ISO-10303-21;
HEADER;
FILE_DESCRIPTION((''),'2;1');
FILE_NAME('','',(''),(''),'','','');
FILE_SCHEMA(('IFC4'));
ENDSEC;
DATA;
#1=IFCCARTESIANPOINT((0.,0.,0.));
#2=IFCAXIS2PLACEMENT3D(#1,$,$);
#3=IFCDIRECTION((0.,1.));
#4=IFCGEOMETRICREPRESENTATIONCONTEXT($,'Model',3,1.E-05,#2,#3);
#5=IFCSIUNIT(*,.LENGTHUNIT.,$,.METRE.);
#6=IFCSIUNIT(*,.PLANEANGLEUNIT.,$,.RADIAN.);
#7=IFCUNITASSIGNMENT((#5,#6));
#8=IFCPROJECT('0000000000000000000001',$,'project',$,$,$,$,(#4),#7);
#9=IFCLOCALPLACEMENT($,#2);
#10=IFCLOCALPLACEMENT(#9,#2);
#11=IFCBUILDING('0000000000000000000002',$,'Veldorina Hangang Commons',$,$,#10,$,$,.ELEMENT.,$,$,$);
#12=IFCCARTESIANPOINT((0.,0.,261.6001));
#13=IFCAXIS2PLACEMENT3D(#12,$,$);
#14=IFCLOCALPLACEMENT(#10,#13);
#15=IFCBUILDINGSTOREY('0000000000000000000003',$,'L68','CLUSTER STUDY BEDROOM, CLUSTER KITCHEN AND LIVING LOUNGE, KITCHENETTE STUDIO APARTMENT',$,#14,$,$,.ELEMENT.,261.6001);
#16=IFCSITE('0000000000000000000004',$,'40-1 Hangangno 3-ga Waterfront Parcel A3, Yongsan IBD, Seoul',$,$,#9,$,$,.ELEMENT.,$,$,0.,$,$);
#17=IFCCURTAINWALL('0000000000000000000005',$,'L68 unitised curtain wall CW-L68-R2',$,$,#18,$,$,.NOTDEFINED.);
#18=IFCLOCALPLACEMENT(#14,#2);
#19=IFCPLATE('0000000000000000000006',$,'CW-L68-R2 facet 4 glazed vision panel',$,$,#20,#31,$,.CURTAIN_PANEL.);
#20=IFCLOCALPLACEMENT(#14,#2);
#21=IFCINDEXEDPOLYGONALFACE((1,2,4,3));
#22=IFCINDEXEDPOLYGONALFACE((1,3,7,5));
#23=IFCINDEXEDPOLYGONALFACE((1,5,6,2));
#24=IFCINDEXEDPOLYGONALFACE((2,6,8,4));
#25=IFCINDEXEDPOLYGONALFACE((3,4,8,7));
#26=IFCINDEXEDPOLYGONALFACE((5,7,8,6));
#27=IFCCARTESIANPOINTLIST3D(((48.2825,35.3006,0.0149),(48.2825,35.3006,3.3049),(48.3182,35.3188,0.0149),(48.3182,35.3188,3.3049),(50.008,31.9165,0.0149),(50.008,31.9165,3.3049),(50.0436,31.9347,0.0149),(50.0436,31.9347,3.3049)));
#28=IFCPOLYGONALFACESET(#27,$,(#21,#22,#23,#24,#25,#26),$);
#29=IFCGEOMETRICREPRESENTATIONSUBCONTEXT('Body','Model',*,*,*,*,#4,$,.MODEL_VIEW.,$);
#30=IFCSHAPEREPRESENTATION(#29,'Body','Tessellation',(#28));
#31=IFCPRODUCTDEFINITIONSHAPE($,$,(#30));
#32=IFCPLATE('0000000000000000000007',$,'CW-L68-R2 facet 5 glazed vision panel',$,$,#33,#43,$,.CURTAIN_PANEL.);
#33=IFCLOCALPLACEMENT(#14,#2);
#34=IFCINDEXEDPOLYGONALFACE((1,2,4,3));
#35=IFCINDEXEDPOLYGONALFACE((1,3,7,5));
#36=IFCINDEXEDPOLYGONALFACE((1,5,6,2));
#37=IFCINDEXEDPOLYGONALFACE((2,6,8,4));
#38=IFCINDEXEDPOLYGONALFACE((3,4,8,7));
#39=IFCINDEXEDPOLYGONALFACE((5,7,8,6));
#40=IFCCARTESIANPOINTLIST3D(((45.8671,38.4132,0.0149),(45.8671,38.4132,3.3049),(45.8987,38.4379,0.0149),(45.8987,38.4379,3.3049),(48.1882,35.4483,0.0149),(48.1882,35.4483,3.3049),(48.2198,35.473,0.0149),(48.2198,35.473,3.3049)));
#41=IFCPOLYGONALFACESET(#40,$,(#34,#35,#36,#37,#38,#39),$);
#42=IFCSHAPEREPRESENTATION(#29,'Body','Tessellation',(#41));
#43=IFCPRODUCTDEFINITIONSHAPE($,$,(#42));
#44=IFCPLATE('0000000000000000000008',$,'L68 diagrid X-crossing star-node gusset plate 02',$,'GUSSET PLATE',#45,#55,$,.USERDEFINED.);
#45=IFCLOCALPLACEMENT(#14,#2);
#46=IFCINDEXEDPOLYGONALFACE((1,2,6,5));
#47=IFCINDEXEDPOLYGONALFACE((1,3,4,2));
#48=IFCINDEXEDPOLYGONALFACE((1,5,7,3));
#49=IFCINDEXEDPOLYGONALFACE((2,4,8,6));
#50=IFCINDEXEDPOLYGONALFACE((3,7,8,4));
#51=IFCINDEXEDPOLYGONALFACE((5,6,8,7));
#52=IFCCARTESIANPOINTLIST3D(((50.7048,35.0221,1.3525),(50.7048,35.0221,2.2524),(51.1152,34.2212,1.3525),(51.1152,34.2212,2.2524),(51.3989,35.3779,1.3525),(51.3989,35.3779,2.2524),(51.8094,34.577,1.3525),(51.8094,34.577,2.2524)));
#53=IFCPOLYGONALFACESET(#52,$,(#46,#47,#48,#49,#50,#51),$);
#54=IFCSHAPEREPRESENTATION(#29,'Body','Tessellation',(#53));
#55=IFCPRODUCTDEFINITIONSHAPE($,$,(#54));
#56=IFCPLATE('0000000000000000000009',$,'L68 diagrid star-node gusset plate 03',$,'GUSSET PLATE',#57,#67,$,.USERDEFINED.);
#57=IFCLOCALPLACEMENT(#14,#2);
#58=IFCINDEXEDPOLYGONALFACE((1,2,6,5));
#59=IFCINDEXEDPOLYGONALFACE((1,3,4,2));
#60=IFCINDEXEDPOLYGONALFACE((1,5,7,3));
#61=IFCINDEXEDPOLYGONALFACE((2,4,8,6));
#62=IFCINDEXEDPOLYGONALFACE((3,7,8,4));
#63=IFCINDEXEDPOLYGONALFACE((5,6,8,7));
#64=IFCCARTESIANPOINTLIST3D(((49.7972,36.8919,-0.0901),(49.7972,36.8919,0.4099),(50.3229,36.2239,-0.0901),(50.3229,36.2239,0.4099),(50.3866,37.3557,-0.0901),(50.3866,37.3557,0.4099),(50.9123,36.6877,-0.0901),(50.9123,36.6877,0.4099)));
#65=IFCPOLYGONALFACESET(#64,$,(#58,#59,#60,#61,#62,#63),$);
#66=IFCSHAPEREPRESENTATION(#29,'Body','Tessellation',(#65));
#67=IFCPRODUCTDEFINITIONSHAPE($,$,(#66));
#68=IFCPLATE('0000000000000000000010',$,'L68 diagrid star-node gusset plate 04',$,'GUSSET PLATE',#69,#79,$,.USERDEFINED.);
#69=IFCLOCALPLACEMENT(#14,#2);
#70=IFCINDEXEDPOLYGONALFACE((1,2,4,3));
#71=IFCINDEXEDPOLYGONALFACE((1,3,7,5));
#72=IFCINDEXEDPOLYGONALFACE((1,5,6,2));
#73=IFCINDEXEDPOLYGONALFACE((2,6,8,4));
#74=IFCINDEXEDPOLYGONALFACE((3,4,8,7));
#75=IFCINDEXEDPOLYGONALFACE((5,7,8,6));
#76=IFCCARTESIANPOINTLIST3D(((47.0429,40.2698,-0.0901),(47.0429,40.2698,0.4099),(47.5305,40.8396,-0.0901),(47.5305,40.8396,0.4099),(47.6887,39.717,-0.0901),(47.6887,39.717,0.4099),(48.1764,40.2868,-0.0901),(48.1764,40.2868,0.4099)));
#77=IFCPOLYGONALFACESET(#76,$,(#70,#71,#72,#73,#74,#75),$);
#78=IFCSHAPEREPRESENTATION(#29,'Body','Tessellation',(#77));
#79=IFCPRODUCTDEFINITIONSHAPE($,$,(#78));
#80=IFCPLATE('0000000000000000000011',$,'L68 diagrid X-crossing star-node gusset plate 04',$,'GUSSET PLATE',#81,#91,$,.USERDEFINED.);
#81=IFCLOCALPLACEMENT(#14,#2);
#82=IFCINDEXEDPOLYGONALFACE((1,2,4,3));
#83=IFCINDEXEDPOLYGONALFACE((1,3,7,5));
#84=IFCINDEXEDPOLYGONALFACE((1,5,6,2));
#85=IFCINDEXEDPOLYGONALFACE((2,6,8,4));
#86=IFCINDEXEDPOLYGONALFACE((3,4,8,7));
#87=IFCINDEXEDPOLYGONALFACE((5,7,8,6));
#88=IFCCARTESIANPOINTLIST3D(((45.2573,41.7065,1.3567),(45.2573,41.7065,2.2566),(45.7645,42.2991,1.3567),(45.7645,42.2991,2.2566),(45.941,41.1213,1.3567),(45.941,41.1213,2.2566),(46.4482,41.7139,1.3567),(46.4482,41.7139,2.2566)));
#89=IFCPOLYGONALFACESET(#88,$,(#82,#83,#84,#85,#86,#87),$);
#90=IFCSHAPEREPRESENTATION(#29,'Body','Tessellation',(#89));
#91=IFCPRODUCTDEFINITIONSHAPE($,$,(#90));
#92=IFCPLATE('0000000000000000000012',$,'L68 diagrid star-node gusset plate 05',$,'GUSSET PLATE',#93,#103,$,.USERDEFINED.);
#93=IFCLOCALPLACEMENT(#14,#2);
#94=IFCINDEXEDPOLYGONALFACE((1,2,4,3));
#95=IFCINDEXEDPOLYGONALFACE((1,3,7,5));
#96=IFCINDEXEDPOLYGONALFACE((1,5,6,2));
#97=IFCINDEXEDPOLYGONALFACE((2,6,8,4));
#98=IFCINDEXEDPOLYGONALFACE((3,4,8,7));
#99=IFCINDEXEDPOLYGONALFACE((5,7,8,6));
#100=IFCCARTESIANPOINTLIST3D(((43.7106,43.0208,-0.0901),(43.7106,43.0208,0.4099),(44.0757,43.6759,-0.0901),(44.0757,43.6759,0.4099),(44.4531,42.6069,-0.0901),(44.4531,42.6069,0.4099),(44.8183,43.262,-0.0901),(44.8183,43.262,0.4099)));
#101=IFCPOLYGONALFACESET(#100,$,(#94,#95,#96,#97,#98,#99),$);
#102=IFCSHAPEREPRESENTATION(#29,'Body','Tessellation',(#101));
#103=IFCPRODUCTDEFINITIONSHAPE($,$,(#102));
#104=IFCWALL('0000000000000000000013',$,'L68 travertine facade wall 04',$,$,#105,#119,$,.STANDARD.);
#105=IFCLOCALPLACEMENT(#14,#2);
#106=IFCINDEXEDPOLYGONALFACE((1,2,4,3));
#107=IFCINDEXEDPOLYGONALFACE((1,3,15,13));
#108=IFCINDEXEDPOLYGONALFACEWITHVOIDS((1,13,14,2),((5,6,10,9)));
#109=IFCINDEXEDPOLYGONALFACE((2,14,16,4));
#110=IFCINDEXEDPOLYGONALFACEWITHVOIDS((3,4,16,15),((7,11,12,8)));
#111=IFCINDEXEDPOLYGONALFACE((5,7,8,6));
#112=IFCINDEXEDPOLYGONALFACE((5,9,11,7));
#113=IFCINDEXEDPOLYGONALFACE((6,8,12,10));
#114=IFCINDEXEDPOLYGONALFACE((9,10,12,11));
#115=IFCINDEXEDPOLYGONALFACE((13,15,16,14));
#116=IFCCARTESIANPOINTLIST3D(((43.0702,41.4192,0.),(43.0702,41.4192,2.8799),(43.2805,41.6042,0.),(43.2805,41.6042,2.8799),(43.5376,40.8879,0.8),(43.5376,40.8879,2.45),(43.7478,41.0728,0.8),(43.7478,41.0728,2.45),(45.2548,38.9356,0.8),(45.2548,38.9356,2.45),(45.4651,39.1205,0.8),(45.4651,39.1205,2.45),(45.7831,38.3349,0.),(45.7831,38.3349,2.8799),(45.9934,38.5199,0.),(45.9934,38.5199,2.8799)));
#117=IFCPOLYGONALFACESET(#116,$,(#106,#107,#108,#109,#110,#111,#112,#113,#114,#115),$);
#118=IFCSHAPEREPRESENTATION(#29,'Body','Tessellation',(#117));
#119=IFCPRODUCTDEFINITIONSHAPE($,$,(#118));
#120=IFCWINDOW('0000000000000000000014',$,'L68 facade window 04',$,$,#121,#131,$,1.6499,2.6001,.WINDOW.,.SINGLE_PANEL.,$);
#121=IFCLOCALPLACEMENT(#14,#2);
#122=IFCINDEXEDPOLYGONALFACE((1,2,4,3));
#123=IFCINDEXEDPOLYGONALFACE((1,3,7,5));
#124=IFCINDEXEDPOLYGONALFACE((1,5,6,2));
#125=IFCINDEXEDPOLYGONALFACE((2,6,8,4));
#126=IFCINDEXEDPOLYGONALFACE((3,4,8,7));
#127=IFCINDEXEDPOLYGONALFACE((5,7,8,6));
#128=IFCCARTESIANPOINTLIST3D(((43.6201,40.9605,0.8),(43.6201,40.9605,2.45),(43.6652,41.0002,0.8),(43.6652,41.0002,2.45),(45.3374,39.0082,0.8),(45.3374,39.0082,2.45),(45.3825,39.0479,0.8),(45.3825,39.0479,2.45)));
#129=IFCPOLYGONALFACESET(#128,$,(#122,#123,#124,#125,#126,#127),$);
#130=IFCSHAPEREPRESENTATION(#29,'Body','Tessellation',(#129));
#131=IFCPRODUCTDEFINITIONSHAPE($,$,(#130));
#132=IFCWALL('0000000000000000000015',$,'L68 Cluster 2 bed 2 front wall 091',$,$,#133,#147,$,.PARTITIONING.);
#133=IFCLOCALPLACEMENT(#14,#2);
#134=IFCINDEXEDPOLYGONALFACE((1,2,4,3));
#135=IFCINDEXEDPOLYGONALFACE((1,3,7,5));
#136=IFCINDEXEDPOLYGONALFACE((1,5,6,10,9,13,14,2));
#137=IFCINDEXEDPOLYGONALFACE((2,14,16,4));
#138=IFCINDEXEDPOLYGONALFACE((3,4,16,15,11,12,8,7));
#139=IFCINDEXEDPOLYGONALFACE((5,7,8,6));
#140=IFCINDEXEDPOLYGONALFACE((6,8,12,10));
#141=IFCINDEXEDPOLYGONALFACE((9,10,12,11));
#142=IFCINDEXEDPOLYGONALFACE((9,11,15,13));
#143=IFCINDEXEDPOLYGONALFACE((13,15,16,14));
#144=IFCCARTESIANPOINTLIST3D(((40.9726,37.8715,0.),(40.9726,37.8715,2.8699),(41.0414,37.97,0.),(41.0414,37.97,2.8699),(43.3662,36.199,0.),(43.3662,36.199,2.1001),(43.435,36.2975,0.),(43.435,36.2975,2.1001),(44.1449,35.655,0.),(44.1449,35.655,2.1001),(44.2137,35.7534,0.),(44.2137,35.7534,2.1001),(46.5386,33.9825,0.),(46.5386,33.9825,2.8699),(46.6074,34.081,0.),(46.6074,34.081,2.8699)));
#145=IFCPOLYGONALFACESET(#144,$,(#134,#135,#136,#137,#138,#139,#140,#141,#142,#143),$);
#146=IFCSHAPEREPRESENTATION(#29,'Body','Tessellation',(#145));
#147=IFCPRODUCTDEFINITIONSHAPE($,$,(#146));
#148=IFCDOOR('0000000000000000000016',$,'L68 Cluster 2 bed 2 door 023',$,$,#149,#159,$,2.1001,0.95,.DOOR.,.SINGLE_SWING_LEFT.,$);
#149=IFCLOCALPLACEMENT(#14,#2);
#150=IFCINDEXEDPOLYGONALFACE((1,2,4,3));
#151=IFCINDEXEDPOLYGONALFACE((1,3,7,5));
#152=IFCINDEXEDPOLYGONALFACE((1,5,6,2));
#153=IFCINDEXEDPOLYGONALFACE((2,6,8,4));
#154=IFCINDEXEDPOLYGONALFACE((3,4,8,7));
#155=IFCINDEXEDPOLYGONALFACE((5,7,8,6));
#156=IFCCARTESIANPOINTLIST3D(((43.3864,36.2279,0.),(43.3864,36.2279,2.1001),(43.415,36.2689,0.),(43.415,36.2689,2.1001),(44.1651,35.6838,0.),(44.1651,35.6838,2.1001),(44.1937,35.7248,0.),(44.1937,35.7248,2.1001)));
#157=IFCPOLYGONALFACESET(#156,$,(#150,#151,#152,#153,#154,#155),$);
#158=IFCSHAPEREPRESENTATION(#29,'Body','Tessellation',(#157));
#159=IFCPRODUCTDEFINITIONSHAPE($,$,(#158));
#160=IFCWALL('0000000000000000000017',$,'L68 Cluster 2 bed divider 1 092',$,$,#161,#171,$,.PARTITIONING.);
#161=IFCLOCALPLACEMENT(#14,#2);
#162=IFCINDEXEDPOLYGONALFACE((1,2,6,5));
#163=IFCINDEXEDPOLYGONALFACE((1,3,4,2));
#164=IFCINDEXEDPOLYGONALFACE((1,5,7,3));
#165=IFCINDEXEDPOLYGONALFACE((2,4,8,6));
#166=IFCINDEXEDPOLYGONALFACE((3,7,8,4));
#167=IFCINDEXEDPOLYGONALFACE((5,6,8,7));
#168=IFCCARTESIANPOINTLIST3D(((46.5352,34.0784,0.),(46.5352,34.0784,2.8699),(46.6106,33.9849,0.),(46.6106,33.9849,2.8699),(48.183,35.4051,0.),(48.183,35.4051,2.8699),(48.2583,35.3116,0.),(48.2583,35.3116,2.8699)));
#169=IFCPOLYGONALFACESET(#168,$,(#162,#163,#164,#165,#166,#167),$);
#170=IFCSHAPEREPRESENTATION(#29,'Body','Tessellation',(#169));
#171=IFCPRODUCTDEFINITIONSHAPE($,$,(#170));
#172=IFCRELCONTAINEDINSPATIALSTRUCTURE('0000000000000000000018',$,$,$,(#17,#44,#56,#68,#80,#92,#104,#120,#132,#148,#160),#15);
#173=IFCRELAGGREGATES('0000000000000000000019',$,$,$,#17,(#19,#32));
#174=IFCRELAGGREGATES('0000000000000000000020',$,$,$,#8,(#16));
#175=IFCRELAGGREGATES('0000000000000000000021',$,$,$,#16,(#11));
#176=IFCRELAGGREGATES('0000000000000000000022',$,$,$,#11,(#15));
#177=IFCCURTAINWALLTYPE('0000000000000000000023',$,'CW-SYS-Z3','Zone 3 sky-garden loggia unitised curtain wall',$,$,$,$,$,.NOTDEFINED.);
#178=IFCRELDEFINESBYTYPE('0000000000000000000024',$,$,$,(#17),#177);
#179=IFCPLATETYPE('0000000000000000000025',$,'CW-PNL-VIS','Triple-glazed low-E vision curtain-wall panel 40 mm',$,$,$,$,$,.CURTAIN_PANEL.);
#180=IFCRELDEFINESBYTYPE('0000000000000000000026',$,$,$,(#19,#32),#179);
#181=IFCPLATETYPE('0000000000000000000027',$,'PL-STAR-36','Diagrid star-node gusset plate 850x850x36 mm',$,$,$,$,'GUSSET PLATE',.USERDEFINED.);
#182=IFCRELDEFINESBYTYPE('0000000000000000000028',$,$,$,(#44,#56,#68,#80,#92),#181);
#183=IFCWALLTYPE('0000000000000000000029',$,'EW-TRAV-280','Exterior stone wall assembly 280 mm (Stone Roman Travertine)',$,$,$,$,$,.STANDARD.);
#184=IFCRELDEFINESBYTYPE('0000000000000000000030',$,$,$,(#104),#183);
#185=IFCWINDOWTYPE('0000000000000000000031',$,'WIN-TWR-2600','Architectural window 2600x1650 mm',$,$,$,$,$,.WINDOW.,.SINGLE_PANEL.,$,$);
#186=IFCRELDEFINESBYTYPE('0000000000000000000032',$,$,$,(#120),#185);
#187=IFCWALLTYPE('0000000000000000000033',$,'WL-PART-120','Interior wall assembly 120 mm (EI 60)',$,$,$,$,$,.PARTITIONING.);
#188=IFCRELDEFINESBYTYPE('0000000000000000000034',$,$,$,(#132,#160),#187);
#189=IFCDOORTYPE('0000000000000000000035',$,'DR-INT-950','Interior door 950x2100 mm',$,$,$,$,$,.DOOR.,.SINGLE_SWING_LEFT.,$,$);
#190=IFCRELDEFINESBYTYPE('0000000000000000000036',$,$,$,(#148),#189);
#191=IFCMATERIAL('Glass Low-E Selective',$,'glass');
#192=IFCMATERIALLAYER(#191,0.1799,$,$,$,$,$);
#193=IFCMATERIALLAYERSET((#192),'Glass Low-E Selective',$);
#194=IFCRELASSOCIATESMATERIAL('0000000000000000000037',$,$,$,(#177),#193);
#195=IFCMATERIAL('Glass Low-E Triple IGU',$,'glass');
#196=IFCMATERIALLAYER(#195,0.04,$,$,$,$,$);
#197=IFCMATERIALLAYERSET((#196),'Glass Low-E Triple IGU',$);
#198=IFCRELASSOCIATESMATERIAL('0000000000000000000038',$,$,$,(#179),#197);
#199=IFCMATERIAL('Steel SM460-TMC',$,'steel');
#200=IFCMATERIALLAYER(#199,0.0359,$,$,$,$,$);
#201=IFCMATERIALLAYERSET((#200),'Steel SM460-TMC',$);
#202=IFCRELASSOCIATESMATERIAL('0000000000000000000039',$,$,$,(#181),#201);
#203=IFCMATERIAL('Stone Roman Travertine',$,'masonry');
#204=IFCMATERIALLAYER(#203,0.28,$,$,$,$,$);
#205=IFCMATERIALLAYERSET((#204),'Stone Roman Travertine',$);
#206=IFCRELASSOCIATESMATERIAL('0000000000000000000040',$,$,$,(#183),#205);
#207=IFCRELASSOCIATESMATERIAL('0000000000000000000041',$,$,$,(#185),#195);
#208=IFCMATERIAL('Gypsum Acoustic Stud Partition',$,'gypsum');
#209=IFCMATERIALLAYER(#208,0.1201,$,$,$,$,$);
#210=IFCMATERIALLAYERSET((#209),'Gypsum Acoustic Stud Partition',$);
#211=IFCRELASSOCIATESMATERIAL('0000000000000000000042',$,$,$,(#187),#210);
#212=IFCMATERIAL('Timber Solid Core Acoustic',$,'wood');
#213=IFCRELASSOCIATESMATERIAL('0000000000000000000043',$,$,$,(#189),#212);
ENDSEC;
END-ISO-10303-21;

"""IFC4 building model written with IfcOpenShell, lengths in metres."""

from ifc_helpers import new_model, si_unit, direction, frame, frame_2d, origin, origin_2d, place, context, subcontext, project, spatial, rectangle, extrude, material, layer, layer_set, type_object, element, fill, aggregate, save


model = new_model("IFC4")

# Units and contexts
model_context = context("Model", 3, precision=1e-05, world=origin(), true_north=direction((0.0, 1.0)))
body_context = subcontext(model_context, "Body", "Model", "MODEL_VIEW")
ifc_project = project(units=[si_unit("LENGTHUNIT", "METRE"), si_unit("PLANEANGLEUNIT", "RADIAN")], contexts=[model_context])

# Site, building, storey
site_placement = place(None, origin())
site = spatial("IfcSite", under=ifc_project, at=site_placement, Name="40-1 Hangangno 3-ga Waterfront Parcel A3, Yongsan IBD, Seoul", CompositionType="ELEMENT", RefElevation=0.0)
building_placement = place(site_placement, origin())
building = spatial("IfcBuilding", under=site, at=building_placement, Name="Veldorina Hangang Commons", CompositionType="ELEMENT")
storey_placement = place(building_placement, frame((0.0, 0.0, 261.6001)))
storey = spatial("IfcBuildingStorey", under=building, at=storey_placement, Name="L68", Description="CLUSTER STUDY BEDROOM, CLUSTER KITCHEN AND LIVING LOUNGE, KITCHENETTE STUDIO APARTMENT", CompositionType="ELEMENT", Elevation=261.6001)

# Curtain wall
ifc_material_1 = material(Name="Glass Low-E Selective", Category="glass")
ifc_layer_1 = layer(ifc_material_1, 0.1799)
ifc_layer_set_1 = layer_set([ifc_layer_1], Name="Glass Low-E Selective")
curtain_wall_type = type_object("IfcCurtainWallType", Name="CW-SYS-Z3", Description="Zone 3 sky-garden loggia unitised curtain wall", PredefinedType="NOTDEFINED", material=ifc_layer_set_1)
curtain_wall_placement = place(storey_placement, origin())
curtain_wall = element("IfcCurtainWall", 1, at=curtain_wall_placement, inside=storey, type_object=curtain_wall_type, Name="L68 unitised curtain wall CW-L68-R2", PredefinedType="NOTDEFINED")

# Plates
ifc_material_2 = material(Name="Glass Low-E Triple IGU", Category="glass")
ifc_layer_2 = layer(ifc_material_2, 0.04)
ifc_layer_set_2 = layer_set([ifc_layer_2], Name="Glass Low-E Triple IGU")
plate_type_1 = type_object("IfcPlateType", Name="CW-PNL-VIS", Description="Triple-glazed low-E vision curtain-wall panel 40 mm", PredefinedType="CURTAIN_PANEL", material=ifc_layer_set_2)
plate_1_placement = place(storey_placement, frame((49.1631, 33.6177, 0.0149), z_axis=(0.0, 0.0, 1.0), x_axis=(-0.454224, 0.890888, 0.0)))
plate_1 = element("IfcPlate", 2, at=plate_1_placement, type_object=plate_type_1, Name="CW-L68-R2 facet 4 glazed vision panel", PredefinedType="CURTAIN_PANEL", context=body_context, shape_type="SweptSolid", body=[
    extrude(rectangle(XDim=3.7986, YDim=0.04, at=origin_2d()), origin(), (0.0, 0.0, 1.0), 3.29),
])
plate_2_placement = place(storey_placement, frame((47.0435, 36.9431, 0.0149), z_axis=(0.0, 0.0, 1.0), x_axis=(-0.616431, 0.787409, 0.0)))
plate_2 = element("IfcPlate", 3, at=plate_2_placement, type_object=plate_type_1, Name="CW-L68-R2 facet 5 glazed vision panel", PredefinedType="CURTAIN_PANEL", context=body_context, shape_type="SweptSolid", body=[
    extrude(rectangle(XDim=3.7654, YDim=0.04, at=origin_2d()), origin(), (0.0, 0.0, 1.0), 3.29),
])
aggregate(curtain_wall, [plate_1, plate_2])

# Plates
ifc_material_3 = material(Name="Steel SM460-TMC", Category="steel")
ifc_layer_3 = layer(ifc_material_3, 0.0359)
ifc_layer_set_3 = layer_set([ifc_layer_3], Name="Steel SM460-TMC")
plate_type_2 = type_object("IfcPlateType", Name="PL-STAR-36", Description="Diagrid star-node gusset plate 850x850x36 mm", ElementType="GUSSET PLATE", PredefinedType="USERDEFINED", material=ifc_layer_set_3)
plate_3_placement = place(storey_placement, frame((51.2571, 34.7996, 1.3525), z_axis=(0.0, 0.0, 1.0), x_axis=(-0.456104, 0.889926, 0.0)))
element("IfcPlate", 4, at=plate_3_placement, inside=storey, type_object=plate_type_2, Name="L68 diagrid X-crossing star-node gusset plate 02", ObjectType="GUSSET PLATE", PredefinedType="USERDEFINED", context=body_context, shape_type="SweptSolid", body=[
    extrude(rectangle(XDim=0.8999, YDim=0.78, at=origin_2d()), origin(), (0.0, 0.0, 1.0), 0.8999),
])
for number, where, z_axis, x_axis, name in (
    (5, (50.3547, 36.7898, -0.0901), (0.0, 0.0, 1.0), (-0.618422, 0.785846, 0.0), "L68 diagrid star-node gusset plate 03"),
    (6, (47.6096, 40.2783, -0.0901), (0.0, 0.0, 1.0), (-0.759737, 0.650231, 0.0), "L68 diagrid star-node gusset plate 04"),
):
    element("IfcPlate", number, at=place(storey_placement, frame(where, z_axis=z_axis, x_axis=x_axis)), inside=storey, type_object=plate_type_2, Name=name, ObjectType="GUSSET PLATE", PredefinedType="USERDEFINED", context=body_context, shape_type="SweptSolid", body=[
        extrude(rectangle(XDim=0.8501, YDim=0.75, at=origin_2d()), origin(), (0.0, 0.0, 1.0), 0.5),
    ])
plate_4_placement = place(storey_placement, frame((45.8528, 41.7102, 1.3567), z_axis=(0.0, 0.0, 1.0), x_axis=(-0.759737, 0.650231, 0.0)))
element("IfcPlate", 7, at=plate_4_placement, inside=storey, type_object=plate_type_2, Name="L68 diagrid X-crossing star-node gusset plate 04", ObjectType="GUSSET PLATE", PredefinedType="USERDEFINED", context=body_context, shape_type="SweptSolid", body=[
    extrude(rectangle(XDim=0.8999, YDim=0.78, at=origin_2d()), origin(), (0.0, 0.0, 1.0), 0.8999),
])
plate_5_placement = place(storey_placement, frame((44.2644, 43.1414, -0.0901), z_axis=(0.0, 0.0, 1.0), x_axis=(-0.873466, 0.486884, 0.0)))
element("IfcPlate", 8, at=plate_5_placement, inside=storey, type_object=plate_type_2, Name="L68 diagrid star-node gusset plate 05", ObjectType="GUSSET PLATE", PredefinedType="USERDEFINED", context=body_context, shape_type="SweptSolid", body=[
    extrude(rectangle(XDim=0.8501, YDim=0.75, at=origin_2d()), origin(), (0.0, 0.0, 1.0), 0.5),
])

# Wall, opening, window
ifc_material_4 = material(Name="Stone Roman Travertine", Category="masonry")
ifc_layer_4 = layer(ifc_material_4, 0.28)
ifc_layer_set_4 = layer_set([ifc_layer_4], Name="Stone Roman Travertine")
wall_type_1 = type_object("IfcWallType", Name="EW-TRAV-280", Description="Exterior stone wall assembly 280 mm (Stone Roman Travertine)", PredefinedType="STANDARD", material=ifc_layer_set_4)
wall_1_placement = place(storey_placement, frame((45.8882, 38.4275, 0.0), z_axis=(0.0, 0.0, 1.0), x_axis=(-0.660459, 0.750862, 0.0)))
wall_1 = element("IfcWall", 9, at=wall_1_placement, inside=storey, type_object=wall_type_1, Name="L68 travertine facade wall 04", PredefinedType="STANDARD", context=body_context, shape_type="SweptSolid", body=[
    extrude(rectangle(XDim=4.1077, YDim=0.28, at=frame_2d((2.0537, 0.0))), origin(), (0.0, 0.0, 1.0), 2.8799),
])
opening_1_placement = place(wall_1_placement, frame((0.7998, 0.0, 0.8)))
opening_1 = element("IfcOpeningElement", 10, at=opening_1_placement, cuts=wall_1, PredefinedType="OPENING", context=body_context, shape_type="SweptSolid", body=[
    extrude(rectangle(XDim=2.6001, YDim=1.6499, at=frame_2d((1.3, 0.825))), frame((0.0, 0.1499, 0.0), z_axis=(0.0, -1.0, 0.0), x_axis=(1.0, 0.0, 0.0)), (0.0, 0.0, 1.0), 0.3),
])
window_type = type_object("IfcWindowType", Name="WIN-TWR-2600", Description="Architectural window 2600x1650 mm", PartitioningType="SINGLE_PANEL", PredefinedType="WINDOW", material=ifc_material_2)
window_placement = place(opening_1_placement, origin())
window = element("IfcWindow", 11, at=window_placement, inside=storey, type_object=window_type, Name="L68 facade window 04", OverallHeight=1.6499, OverallWidth=2.6001, PartitioningType="SINGLE_PANEL", PredefinedType="WINDOW", context=body_context, shape_type="SweptSolid", body=[
    extrude(rectangle(XDim=2.6001, YDim=1.6499, at=frame_2d((1.3, 0.825))), frame((0.0, 0.03, 0.0), z_axis=(0.0, -1.0, 0.0), x_axis=(1.0, 0.0, 0.0)), (0.0, 0.0, 1.0), 0.0601),
])
fill(opening_1, window)

# Wall, opening, door
ifc_material_5 = material(Name="Gypsum Acoustic Stud Partition", Category="gypsum")
ifc_layer_5 = layer(ifc_material_5, 0.1201)
ifc_layer_set_5 = layer_set([ifc_layer_5], Name="Gypsum Acoustic Stud Partition")
wall_type_2 = type_object("IfcWallType", Name="WL-PART-120", Description="Interior wall assembly 120 mm (EI 60)", PredefinedType="PARTITIONING", material=ifc_layer_set_5)
wall_2_placement = place(storey_placement, frame((46.573, 34.0317, 0.0), z_axis=(0.0, 0.0, 1.0), x_axis=(-0.819732, 0.572748, 0.0)))
wall_2 = element("IfcWall", 12, at=wall_2_placement, inside=storey, type_object=wall_type_2, Name="L68 Cluster 2 bed 2 front wall 091", PredefinedType="PARTITIONING", context=body_context, shape_type="SweptSolid", body=[
    extrude(rectangle(XDim=6.79, YDim=0.1201, at=frame_2d((3.395, 0.0))), origin(), (0.0, 0.0, 1.0), 2.8699),
])
opening_2_placement = place(wall_2_placement, frame((2.9199, 0.0, 0.0)))
opening_2 = element("IfcOpeningElement", 13, at=opening_2_placement, cuts=wall_2, PredefinedType="OPENING", context=body_context, shape_type="SweptSolid", body=[
    extrude(rectangle(XDim=0.95, YDim=2.1001, at=frame_2d((0.4751, 1.05))), frame((0.0, 0.0701, 0.0), z_axis=(0.0, -1.0, 0.0), x_axis=(1.0, 0.0, 0.0)), (0.0, 0.0, 1.0), 0.1401),
])
ifc_material_6 = material(Name="Timber Solid Core Acoustic", Category="wood")
door_type = type_object("IfcDoorType", Name="DR-INT-950", Description="Interior door 950x2100 mm", OperationType="SINGLE_SWING_LEFT", PredefinedType="DOOR", material=ifc_material_6)
door_placement = place(opening_2_placement, origin())
door = element("IfcDoor", 14, at=door_placement, inside=storey, type_object=door_type, Name="L68 Cluster 2 bed 2 door 023", OperationType="SINGLE_SWING_LEFT", OverallHeight=2.1001, OverallWidth=0.95, PredefinedType="DOOR", context=body_context, shape_type="SweptSolid", body=[
    extrude(rectangle(XDim=0.95, YDim=2.1001, at=frame_2d((0.4751, 1.05))), frame((0.0, 0.0249, 0.0), z_axis=(0.0, -1.0, 0.0), x_axis=(1.0, 0.0, 0.0)), (0.0, 0.0, 1.0), 0.05),
])
fill(opening_2, door)

# Wall
wall_3_placement = place(storey_placement, frame((46.573, 34.0317, 0.0), z_axis=(0.0, 0.0, 1.0), x_axis=(0.778906, 0.627141, 0.0)))
element("IfcWall", 15, at=wall_3_placement, inside=storey, type_object=wall_type_2, Name="L68 Cluster 2 bed divider 1 092", PredefinedType="PARTITIONING", context=body_context, shape_type="SweptSolid", body=[
    extrude(rectangle(XDim=2.1155, YDim=0.1201, at=frame_2d((1.0576, 0.0))), origin(), (0.0, 0.0, 1.0), 2.8699),
])

save(model, "model.ifc")
